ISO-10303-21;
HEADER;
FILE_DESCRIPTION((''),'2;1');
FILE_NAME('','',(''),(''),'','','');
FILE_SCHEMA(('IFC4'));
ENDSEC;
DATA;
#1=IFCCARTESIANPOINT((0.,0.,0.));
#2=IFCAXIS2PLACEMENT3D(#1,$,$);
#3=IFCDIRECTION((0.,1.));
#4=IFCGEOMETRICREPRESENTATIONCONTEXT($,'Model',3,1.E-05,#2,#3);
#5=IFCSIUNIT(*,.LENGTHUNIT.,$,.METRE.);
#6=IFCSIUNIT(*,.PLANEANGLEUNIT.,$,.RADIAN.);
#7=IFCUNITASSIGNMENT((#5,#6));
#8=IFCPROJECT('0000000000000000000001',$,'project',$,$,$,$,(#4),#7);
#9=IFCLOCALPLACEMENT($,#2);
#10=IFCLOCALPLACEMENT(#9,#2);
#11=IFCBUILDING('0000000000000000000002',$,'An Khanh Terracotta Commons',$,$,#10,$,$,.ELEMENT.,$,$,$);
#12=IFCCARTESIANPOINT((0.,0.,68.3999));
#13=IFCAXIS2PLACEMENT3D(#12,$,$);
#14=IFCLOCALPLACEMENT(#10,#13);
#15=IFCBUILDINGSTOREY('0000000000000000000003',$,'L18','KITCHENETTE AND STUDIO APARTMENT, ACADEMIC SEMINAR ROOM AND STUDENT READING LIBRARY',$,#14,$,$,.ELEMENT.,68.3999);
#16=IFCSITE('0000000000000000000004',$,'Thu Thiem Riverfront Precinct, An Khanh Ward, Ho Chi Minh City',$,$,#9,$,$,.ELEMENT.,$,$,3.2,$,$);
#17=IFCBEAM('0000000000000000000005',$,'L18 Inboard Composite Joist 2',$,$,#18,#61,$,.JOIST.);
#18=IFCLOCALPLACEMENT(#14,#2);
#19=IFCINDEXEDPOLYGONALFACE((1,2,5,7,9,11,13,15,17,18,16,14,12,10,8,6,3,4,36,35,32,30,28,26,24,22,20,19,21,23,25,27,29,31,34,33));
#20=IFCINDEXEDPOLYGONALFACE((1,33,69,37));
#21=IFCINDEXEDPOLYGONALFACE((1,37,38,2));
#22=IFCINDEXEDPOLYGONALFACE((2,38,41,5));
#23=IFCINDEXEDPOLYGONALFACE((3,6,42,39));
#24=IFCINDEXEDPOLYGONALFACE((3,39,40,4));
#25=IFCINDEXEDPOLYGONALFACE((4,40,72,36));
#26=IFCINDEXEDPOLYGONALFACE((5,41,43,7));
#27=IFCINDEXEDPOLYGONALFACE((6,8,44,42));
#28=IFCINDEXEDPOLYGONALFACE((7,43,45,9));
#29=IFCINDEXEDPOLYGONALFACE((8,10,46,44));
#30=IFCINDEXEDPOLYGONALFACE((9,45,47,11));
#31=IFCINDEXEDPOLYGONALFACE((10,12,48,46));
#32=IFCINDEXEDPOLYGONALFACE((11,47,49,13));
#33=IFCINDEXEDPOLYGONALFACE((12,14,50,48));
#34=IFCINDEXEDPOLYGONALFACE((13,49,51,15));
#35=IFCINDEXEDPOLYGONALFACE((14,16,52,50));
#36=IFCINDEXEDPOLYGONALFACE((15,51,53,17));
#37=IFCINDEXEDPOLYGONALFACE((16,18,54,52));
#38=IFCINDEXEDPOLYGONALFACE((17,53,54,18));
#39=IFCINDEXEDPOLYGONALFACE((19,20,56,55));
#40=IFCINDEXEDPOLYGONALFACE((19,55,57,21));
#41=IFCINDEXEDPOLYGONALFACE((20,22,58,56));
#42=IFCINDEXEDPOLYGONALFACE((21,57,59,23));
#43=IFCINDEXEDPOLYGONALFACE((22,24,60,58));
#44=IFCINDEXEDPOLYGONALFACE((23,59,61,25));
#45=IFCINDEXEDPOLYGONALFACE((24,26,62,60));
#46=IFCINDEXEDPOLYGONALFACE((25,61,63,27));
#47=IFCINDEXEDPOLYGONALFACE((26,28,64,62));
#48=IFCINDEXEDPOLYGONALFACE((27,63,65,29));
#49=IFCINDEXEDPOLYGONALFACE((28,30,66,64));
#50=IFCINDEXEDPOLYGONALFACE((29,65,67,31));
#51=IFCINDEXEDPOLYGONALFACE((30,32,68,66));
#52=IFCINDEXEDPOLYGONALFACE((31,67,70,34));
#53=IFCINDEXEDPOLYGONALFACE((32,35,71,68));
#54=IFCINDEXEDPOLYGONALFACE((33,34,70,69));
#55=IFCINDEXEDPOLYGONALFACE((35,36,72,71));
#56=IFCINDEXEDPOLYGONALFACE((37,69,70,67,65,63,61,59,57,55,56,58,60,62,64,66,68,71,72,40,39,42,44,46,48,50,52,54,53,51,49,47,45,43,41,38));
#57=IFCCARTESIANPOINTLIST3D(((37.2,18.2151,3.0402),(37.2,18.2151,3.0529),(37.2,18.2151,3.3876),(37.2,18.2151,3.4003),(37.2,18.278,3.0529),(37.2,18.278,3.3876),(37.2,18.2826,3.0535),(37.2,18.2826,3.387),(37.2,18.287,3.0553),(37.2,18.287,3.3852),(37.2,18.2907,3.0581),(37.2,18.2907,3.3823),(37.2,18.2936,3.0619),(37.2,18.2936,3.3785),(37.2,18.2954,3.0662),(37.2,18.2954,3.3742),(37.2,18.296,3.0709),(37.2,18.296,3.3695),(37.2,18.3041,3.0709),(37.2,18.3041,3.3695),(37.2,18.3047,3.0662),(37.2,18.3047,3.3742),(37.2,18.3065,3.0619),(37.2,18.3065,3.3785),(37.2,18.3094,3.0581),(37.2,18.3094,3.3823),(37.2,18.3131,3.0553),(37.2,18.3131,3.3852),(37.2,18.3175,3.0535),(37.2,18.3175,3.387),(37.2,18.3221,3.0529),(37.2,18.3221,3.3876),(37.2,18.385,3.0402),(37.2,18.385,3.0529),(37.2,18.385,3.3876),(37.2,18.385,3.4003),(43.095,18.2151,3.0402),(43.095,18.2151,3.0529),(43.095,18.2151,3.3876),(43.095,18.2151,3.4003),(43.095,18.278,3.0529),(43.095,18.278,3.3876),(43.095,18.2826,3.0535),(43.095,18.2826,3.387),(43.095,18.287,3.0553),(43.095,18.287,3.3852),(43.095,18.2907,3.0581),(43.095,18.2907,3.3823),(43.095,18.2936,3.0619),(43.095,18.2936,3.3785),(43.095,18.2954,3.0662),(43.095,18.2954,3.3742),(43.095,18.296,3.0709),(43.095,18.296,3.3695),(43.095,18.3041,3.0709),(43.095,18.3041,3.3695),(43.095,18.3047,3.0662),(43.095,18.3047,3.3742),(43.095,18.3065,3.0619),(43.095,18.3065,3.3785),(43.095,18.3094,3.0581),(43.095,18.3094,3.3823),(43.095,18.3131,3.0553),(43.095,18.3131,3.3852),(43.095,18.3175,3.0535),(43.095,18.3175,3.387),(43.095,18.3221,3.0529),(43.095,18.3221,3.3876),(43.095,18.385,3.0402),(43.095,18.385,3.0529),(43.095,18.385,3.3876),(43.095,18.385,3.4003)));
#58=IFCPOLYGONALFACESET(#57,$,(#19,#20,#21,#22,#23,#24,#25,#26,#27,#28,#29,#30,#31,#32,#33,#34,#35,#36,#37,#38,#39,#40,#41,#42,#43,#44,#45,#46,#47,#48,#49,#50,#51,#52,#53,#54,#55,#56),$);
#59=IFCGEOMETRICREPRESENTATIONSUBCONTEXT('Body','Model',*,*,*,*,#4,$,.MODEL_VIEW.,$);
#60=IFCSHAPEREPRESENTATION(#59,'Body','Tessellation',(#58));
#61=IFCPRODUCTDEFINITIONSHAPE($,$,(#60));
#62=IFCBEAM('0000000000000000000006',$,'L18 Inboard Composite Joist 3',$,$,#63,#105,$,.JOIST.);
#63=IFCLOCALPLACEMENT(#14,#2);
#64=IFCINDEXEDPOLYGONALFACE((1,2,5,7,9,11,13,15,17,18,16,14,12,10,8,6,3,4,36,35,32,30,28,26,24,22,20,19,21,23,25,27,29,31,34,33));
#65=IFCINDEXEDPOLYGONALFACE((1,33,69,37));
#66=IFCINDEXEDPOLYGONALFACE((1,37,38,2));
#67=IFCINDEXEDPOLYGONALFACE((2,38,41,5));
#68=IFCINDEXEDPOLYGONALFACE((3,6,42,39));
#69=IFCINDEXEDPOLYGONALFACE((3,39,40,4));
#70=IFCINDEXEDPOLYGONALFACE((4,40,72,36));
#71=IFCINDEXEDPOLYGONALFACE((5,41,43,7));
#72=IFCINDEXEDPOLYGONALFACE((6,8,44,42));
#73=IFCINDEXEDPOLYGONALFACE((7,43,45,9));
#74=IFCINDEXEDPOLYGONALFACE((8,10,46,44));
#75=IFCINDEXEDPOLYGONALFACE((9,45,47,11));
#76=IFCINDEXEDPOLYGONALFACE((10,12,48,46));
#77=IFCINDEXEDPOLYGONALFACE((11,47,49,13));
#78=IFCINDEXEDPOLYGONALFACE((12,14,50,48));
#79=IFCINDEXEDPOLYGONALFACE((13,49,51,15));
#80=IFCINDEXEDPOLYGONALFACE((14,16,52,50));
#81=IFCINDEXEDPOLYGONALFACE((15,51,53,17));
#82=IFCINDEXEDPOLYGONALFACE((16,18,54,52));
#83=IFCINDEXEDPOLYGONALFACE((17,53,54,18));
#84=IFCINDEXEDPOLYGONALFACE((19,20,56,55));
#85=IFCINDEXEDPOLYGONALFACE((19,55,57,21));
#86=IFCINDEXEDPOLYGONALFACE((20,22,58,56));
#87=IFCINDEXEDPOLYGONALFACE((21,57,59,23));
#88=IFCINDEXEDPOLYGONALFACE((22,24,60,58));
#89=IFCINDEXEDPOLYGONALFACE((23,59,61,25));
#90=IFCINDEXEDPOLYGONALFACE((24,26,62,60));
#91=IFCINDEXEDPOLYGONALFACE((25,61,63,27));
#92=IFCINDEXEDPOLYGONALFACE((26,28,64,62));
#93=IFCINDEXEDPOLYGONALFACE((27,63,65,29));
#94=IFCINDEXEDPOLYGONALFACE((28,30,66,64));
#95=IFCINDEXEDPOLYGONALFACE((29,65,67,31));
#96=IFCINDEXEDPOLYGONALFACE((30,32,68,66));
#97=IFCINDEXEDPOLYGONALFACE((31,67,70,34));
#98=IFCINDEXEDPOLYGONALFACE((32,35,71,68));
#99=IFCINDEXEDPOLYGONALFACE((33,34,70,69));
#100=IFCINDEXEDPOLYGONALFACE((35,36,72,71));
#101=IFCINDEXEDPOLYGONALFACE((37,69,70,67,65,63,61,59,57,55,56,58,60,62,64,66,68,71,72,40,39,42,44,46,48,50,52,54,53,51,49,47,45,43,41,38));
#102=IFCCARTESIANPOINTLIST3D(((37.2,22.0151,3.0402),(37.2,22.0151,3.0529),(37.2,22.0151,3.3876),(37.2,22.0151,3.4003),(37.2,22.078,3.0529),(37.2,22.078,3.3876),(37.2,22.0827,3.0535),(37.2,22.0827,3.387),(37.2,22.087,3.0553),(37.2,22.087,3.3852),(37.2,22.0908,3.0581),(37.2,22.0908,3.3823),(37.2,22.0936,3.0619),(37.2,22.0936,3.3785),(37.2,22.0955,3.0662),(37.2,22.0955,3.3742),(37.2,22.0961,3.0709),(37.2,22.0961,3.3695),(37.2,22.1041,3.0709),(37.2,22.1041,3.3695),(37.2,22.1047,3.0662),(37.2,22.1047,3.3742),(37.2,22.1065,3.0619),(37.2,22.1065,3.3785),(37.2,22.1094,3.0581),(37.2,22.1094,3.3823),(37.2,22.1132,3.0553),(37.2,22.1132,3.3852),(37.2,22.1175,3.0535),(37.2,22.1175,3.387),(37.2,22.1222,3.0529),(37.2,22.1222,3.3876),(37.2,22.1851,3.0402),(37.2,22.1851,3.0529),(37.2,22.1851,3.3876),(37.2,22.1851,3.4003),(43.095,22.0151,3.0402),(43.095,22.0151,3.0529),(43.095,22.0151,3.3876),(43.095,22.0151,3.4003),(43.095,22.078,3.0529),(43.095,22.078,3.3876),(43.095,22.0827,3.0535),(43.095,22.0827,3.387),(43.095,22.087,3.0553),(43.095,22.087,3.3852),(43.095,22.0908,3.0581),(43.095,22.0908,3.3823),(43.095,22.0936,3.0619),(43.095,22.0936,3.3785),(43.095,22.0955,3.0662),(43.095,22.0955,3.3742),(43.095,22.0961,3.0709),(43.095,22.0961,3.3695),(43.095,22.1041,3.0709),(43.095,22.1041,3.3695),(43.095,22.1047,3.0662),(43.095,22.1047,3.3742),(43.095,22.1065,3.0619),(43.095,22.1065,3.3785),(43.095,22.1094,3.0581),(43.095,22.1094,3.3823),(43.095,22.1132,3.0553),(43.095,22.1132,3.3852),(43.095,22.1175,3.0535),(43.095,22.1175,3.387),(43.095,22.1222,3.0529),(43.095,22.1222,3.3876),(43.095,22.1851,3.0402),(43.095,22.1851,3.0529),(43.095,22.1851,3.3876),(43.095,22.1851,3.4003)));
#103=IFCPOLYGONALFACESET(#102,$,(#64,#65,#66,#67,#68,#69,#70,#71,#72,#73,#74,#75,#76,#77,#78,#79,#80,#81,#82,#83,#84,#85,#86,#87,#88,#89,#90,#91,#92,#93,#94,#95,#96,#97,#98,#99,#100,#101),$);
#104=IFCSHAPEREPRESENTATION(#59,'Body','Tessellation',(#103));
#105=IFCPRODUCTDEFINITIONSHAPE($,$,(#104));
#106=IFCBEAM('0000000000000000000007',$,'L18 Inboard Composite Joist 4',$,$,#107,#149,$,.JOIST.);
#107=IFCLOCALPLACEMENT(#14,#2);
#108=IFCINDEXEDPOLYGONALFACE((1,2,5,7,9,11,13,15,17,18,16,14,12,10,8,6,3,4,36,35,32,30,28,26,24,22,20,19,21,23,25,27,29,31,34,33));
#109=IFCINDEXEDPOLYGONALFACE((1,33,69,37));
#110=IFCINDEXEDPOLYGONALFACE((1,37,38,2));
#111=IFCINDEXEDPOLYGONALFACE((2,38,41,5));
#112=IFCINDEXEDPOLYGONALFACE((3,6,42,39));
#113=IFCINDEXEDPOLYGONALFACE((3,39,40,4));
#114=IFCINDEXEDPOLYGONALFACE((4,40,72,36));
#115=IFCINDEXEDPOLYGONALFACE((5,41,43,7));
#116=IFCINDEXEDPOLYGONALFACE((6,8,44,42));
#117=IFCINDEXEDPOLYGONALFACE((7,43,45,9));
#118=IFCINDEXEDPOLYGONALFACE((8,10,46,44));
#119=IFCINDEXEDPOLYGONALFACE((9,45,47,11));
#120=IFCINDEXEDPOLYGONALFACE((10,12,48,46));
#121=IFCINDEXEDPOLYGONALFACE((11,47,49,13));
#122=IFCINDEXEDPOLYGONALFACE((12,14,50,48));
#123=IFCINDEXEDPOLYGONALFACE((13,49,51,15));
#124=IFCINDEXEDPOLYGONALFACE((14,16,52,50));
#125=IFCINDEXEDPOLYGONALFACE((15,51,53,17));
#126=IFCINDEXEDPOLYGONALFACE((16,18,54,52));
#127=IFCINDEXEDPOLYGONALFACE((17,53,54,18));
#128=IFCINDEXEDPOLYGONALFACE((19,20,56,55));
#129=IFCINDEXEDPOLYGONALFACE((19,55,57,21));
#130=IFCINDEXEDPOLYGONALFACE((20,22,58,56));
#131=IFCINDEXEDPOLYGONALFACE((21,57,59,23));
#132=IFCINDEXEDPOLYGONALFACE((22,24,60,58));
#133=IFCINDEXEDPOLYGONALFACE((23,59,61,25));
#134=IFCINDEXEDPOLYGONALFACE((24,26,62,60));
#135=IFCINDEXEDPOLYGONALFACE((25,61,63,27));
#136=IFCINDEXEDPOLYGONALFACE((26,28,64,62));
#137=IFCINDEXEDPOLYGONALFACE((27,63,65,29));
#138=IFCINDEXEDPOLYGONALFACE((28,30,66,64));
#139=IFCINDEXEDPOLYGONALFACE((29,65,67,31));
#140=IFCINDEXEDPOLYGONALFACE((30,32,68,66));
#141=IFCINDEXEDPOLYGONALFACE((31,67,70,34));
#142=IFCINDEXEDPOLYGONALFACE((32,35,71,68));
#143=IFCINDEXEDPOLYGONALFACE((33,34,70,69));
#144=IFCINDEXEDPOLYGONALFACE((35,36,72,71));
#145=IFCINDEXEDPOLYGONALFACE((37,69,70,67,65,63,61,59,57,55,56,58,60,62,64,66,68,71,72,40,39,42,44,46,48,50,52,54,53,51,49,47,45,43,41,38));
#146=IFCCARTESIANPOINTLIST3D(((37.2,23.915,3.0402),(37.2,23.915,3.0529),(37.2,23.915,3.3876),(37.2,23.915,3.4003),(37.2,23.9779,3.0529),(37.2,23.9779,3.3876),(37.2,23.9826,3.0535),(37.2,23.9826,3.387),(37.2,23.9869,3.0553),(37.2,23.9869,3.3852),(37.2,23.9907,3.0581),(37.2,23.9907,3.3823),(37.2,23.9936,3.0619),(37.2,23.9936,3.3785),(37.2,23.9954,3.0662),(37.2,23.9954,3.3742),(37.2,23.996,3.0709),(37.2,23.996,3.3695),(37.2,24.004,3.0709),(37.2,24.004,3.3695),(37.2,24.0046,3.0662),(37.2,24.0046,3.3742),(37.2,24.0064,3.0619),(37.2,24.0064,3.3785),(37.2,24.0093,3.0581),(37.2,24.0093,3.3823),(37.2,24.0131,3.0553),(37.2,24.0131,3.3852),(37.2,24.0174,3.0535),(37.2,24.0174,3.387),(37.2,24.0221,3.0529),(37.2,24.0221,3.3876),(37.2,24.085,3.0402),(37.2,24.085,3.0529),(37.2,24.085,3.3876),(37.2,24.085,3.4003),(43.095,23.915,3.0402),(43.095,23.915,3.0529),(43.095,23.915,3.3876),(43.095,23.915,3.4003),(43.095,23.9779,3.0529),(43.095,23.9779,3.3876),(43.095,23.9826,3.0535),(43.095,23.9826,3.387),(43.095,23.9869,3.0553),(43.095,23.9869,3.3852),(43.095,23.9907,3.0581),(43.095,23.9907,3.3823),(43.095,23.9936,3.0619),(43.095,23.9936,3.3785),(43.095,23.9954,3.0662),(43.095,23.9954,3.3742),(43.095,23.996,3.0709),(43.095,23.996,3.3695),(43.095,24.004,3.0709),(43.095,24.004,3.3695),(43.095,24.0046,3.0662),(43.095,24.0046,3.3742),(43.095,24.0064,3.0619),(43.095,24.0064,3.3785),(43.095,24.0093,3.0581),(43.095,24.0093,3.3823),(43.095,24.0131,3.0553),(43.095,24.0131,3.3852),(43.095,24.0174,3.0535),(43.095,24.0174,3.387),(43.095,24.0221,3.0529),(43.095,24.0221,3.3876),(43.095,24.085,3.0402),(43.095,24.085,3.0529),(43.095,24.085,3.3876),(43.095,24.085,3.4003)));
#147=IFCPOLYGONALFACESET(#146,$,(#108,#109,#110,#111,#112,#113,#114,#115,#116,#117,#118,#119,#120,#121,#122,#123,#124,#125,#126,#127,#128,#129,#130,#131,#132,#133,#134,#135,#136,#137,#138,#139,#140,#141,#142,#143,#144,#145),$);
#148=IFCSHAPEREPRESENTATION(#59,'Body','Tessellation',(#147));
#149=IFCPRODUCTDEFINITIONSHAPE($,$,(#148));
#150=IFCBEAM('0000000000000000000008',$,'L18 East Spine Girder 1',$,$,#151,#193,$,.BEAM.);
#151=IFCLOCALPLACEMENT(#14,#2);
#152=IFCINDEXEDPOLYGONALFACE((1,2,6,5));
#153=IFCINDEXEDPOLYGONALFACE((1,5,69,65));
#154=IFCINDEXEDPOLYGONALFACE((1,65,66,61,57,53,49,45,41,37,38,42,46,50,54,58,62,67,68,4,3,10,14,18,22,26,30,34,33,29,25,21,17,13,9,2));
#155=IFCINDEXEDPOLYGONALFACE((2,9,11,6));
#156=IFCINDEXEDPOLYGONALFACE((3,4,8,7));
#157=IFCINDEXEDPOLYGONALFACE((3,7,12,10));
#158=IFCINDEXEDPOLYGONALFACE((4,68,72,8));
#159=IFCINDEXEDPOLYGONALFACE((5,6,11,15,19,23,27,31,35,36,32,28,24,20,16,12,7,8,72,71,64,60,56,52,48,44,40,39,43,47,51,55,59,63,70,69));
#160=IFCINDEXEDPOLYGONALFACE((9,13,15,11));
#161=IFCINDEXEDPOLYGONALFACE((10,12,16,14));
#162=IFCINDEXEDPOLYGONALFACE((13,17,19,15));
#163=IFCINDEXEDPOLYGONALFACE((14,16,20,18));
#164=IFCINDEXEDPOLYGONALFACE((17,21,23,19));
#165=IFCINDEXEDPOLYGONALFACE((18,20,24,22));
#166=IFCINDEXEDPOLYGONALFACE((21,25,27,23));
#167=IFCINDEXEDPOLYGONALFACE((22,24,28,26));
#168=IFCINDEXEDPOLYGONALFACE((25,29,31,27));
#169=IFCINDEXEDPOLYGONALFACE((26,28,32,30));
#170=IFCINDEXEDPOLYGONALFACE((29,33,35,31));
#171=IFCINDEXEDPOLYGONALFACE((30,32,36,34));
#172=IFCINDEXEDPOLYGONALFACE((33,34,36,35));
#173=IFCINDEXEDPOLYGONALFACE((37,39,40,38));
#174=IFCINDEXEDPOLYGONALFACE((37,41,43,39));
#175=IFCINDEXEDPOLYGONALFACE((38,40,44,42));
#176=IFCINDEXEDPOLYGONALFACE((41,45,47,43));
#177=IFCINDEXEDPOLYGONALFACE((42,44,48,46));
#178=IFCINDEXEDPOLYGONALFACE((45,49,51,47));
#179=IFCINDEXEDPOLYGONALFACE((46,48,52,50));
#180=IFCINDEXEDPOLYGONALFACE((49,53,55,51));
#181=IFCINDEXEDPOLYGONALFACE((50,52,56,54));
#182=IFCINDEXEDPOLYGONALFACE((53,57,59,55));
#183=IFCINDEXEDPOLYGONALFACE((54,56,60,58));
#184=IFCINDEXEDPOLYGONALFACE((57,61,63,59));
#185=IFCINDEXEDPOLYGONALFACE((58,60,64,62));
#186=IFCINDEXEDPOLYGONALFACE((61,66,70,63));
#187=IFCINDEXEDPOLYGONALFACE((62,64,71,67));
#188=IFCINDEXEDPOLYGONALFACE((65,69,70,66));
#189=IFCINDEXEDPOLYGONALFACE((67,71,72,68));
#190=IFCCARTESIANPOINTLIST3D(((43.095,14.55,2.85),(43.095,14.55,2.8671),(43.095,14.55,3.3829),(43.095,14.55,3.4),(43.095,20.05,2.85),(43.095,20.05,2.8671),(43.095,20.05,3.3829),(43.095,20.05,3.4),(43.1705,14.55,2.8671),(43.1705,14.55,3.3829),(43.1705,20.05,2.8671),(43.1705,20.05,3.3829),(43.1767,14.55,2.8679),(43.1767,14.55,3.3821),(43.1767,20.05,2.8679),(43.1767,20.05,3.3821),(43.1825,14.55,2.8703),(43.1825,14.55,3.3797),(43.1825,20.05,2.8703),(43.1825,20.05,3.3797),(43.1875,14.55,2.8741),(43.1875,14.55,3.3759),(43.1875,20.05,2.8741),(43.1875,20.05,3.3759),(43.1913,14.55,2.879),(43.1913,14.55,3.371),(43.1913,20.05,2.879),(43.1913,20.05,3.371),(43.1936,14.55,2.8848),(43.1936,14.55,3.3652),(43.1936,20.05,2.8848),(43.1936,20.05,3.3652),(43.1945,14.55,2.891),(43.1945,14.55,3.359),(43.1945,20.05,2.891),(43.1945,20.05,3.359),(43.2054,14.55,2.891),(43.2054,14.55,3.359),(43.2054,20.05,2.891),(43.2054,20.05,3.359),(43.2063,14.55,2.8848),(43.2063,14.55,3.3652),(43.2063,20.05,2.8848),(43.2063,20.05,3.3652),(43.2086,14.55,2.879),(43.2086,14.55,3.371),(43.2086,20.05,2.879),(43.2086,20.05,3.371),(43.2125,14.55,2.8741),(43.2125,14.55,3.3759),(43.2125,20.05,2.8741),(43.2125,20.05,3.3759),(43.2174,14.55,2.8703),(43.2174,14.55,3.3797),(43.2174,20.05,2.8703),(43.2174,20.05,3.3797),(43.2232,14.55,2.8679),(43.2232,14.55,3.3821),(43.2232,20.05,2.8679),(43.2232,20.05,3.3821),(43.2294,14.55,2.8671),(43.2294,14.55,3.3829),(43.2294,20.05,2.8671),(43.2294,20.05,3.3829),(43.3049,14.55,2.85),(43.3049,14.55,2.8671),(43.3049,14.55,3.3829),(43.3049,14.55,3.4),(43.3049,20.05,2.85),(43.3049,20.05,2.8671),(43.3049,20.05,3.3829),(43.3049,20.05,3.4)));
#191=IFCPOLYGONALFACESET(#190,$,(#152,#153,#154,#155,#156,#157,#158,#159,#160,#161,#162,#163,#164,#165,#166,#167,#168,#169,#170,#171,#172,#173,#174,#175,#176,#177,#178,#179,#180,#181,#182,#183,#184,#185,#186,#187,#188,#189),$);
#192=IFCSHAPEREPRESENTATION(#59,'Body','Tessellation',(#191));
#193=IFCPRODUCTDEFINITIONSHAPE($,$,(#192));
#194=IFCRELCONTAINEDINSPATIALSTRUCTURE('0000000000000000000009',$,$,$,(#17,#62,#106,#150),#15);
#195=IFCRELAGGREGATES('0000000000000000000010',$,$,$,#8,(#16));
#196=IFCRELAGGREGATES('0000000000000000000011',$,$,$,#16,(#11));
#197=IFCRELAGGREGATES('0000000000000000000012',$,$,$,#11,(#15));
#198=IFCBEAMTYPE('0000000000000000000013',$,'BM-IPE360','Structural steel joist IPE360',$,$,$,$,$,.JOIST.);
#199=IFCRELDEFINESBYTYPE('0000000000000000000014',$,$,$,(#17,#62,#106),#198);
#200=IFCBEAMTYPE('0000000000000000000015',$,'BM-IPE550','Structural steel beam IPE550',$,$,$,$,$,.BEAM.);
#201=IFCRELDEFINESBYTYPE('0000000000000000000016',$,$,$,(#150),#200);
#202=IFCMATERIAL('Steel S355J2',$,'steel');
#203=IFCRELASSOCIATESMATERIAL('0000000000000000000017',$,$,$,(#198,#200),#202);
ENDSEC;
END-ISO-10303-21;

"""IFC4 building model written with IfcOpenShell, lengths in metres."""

from ifc_helpers import new_model, si_unit, direction, frame, origin, origin_2d, place, context, subcontext, project, spatial, i_section, extrude, material, material_profile, profile_set, type_object, element, save


model = new_model("IFC4")

# Units and contexts
model_context = context("Model", 3, precision=1e-05, world=origin(), true_north=direction((0.0, 1.0)))
body_context = subcontext(model_context, "Body", "Model", "MODEL_VIEW")
ifc_project = project(units=[si_unit("LENGTHUNIT", "METRE"), si_unit("PLANEANGLEUNIT", "RADIAN")], contexts=[model_context])

# Site, building, storey
site_placement = place(None, origin())
site = spatial("IfcSite", under=ifc_project, at=site_placement, Name="Thu Thiem Riverfront Precinct, An Khanh Ward, Ho Chi Minh City", CompositionType="ELEMENT", RefElevation=3.2)
building_placement = place(site_placement, origin())
building = spatial("IfcBuilding", under=site, at=building_placement, Name="An Khanh Terracotta Commons", CompositionType="ELEMENT")
storey_placement = place(building_placement, frame((0.0, 0.0, 68.3999)))
storey = spatial("IfcBuildingStorey", under=building, at=storey_placement, Name="L18", Description="KITCHENETTE AND STUDIO APARTMENT, ACADEMIC SEMINAR ROOM AND STUDENT READING LIBRARY", CompositionType="ELEMENT", Elevation=68.3999)

# Beams
ifc_material_1 = material(Name="Steel S355J2", Category="steel")
ifc_material_profile_1 = material_profile(ifc_material_1, i_section(OverallWidth=0.1699, OverallDepth=0.3601, WebThickness=0.0081, FlangeThickness=0.0127, FilletRadius=0.0181, at=origin_2d()), Name="IPE360")
ifc_profile_set_1 = profile_set([ifc_material_profile_1], Name="Steel S355J2")
beam_type_1 = type_object("IfcBeamType", Name="BM-IPE360", Description="Structural steel joist IPE360", PredefinedType="JOIST", material=ifc_profile_set_1)
for number, where, z_axis, x_axis, name in (
    (1, (37.2, 18.3, 3.2202), (1.0, 0.0, 0.0), (0.0, 1.0, 0.0), "L18 Inboard Composite Joist 2"),
    (2, (37.2, 22.1001, 3.2202), (1.0, 0.0, 0.0), (0.0, 1.0, 0.0), "L18 Inboard Composite Joist 3"),
    (3, (37.2, 24.0, 3.2202), (1.0, 0.0, 0.0), (0.0, 1.0, 0.0), "L18 Inboard Composite Joist 4"),
):
    element("IfcBeam", number, at=place(storey_placement, frame(where, z_axis=z_axis, x_axis=x_axis)), inside=storey, type_object=beam_type_1, Name=name, PredefinedType="JOIST", context=body_context, shape_type="SweptSolid", body=[
        extrude(i_section(OverallWidth=0.1699, OverallDepth=0.3601, WebThickness=0.0081, FlangeThickness=0.0127, FilletRadius=0.0181, at=origin_2d()), origin(), (0.0, 0.0, 1.0), 5.895),
    ])
ifc_material_profile_2 = material_profile(ifc_material_1, i_section(OverallWidth=0.21, OverallDepth=0.55, WebThickness=0.011, FlangeThickness=0.0171, FilletRadius=0.0239, at=origin_2d()), Name="IPE550")
ifc_profile_set_2 = profile_set([ifc_material_profile_2], Name="Steel S355J2")
beam_type_2 = type_object("IfcBeamType", Name="BM-IPE550", Description="Structural steel beam IPE550", PredefinedType="BEAM", material=ifc_profile_set_2)
beam_1_placement = place(storey_placement, frame((43.2, 14.55, 3.125), z_axis=(0.0, 1.0, 0.0), x_axis=(-1.0, 0.0, 0.0)))
element("IfcBeam", 4, at=beam_1_placement, inside=storey, type_object=beam_type_2, Name="L18 East Spine Girder 1", PredefinedType="BEAM", context=body_context, shape_type="SweptSolid", body=[
    extrude(i_section(OverallWidth=0.21, OverallDepth=0.55, WebThickness=0.011, FlangeThickness=0.0171, FilletRadius=0.0239, at=origin_2d()), origin(), (0.0, 0.0, 1.0), 5.5),
])

save(model, "model.ifc")
